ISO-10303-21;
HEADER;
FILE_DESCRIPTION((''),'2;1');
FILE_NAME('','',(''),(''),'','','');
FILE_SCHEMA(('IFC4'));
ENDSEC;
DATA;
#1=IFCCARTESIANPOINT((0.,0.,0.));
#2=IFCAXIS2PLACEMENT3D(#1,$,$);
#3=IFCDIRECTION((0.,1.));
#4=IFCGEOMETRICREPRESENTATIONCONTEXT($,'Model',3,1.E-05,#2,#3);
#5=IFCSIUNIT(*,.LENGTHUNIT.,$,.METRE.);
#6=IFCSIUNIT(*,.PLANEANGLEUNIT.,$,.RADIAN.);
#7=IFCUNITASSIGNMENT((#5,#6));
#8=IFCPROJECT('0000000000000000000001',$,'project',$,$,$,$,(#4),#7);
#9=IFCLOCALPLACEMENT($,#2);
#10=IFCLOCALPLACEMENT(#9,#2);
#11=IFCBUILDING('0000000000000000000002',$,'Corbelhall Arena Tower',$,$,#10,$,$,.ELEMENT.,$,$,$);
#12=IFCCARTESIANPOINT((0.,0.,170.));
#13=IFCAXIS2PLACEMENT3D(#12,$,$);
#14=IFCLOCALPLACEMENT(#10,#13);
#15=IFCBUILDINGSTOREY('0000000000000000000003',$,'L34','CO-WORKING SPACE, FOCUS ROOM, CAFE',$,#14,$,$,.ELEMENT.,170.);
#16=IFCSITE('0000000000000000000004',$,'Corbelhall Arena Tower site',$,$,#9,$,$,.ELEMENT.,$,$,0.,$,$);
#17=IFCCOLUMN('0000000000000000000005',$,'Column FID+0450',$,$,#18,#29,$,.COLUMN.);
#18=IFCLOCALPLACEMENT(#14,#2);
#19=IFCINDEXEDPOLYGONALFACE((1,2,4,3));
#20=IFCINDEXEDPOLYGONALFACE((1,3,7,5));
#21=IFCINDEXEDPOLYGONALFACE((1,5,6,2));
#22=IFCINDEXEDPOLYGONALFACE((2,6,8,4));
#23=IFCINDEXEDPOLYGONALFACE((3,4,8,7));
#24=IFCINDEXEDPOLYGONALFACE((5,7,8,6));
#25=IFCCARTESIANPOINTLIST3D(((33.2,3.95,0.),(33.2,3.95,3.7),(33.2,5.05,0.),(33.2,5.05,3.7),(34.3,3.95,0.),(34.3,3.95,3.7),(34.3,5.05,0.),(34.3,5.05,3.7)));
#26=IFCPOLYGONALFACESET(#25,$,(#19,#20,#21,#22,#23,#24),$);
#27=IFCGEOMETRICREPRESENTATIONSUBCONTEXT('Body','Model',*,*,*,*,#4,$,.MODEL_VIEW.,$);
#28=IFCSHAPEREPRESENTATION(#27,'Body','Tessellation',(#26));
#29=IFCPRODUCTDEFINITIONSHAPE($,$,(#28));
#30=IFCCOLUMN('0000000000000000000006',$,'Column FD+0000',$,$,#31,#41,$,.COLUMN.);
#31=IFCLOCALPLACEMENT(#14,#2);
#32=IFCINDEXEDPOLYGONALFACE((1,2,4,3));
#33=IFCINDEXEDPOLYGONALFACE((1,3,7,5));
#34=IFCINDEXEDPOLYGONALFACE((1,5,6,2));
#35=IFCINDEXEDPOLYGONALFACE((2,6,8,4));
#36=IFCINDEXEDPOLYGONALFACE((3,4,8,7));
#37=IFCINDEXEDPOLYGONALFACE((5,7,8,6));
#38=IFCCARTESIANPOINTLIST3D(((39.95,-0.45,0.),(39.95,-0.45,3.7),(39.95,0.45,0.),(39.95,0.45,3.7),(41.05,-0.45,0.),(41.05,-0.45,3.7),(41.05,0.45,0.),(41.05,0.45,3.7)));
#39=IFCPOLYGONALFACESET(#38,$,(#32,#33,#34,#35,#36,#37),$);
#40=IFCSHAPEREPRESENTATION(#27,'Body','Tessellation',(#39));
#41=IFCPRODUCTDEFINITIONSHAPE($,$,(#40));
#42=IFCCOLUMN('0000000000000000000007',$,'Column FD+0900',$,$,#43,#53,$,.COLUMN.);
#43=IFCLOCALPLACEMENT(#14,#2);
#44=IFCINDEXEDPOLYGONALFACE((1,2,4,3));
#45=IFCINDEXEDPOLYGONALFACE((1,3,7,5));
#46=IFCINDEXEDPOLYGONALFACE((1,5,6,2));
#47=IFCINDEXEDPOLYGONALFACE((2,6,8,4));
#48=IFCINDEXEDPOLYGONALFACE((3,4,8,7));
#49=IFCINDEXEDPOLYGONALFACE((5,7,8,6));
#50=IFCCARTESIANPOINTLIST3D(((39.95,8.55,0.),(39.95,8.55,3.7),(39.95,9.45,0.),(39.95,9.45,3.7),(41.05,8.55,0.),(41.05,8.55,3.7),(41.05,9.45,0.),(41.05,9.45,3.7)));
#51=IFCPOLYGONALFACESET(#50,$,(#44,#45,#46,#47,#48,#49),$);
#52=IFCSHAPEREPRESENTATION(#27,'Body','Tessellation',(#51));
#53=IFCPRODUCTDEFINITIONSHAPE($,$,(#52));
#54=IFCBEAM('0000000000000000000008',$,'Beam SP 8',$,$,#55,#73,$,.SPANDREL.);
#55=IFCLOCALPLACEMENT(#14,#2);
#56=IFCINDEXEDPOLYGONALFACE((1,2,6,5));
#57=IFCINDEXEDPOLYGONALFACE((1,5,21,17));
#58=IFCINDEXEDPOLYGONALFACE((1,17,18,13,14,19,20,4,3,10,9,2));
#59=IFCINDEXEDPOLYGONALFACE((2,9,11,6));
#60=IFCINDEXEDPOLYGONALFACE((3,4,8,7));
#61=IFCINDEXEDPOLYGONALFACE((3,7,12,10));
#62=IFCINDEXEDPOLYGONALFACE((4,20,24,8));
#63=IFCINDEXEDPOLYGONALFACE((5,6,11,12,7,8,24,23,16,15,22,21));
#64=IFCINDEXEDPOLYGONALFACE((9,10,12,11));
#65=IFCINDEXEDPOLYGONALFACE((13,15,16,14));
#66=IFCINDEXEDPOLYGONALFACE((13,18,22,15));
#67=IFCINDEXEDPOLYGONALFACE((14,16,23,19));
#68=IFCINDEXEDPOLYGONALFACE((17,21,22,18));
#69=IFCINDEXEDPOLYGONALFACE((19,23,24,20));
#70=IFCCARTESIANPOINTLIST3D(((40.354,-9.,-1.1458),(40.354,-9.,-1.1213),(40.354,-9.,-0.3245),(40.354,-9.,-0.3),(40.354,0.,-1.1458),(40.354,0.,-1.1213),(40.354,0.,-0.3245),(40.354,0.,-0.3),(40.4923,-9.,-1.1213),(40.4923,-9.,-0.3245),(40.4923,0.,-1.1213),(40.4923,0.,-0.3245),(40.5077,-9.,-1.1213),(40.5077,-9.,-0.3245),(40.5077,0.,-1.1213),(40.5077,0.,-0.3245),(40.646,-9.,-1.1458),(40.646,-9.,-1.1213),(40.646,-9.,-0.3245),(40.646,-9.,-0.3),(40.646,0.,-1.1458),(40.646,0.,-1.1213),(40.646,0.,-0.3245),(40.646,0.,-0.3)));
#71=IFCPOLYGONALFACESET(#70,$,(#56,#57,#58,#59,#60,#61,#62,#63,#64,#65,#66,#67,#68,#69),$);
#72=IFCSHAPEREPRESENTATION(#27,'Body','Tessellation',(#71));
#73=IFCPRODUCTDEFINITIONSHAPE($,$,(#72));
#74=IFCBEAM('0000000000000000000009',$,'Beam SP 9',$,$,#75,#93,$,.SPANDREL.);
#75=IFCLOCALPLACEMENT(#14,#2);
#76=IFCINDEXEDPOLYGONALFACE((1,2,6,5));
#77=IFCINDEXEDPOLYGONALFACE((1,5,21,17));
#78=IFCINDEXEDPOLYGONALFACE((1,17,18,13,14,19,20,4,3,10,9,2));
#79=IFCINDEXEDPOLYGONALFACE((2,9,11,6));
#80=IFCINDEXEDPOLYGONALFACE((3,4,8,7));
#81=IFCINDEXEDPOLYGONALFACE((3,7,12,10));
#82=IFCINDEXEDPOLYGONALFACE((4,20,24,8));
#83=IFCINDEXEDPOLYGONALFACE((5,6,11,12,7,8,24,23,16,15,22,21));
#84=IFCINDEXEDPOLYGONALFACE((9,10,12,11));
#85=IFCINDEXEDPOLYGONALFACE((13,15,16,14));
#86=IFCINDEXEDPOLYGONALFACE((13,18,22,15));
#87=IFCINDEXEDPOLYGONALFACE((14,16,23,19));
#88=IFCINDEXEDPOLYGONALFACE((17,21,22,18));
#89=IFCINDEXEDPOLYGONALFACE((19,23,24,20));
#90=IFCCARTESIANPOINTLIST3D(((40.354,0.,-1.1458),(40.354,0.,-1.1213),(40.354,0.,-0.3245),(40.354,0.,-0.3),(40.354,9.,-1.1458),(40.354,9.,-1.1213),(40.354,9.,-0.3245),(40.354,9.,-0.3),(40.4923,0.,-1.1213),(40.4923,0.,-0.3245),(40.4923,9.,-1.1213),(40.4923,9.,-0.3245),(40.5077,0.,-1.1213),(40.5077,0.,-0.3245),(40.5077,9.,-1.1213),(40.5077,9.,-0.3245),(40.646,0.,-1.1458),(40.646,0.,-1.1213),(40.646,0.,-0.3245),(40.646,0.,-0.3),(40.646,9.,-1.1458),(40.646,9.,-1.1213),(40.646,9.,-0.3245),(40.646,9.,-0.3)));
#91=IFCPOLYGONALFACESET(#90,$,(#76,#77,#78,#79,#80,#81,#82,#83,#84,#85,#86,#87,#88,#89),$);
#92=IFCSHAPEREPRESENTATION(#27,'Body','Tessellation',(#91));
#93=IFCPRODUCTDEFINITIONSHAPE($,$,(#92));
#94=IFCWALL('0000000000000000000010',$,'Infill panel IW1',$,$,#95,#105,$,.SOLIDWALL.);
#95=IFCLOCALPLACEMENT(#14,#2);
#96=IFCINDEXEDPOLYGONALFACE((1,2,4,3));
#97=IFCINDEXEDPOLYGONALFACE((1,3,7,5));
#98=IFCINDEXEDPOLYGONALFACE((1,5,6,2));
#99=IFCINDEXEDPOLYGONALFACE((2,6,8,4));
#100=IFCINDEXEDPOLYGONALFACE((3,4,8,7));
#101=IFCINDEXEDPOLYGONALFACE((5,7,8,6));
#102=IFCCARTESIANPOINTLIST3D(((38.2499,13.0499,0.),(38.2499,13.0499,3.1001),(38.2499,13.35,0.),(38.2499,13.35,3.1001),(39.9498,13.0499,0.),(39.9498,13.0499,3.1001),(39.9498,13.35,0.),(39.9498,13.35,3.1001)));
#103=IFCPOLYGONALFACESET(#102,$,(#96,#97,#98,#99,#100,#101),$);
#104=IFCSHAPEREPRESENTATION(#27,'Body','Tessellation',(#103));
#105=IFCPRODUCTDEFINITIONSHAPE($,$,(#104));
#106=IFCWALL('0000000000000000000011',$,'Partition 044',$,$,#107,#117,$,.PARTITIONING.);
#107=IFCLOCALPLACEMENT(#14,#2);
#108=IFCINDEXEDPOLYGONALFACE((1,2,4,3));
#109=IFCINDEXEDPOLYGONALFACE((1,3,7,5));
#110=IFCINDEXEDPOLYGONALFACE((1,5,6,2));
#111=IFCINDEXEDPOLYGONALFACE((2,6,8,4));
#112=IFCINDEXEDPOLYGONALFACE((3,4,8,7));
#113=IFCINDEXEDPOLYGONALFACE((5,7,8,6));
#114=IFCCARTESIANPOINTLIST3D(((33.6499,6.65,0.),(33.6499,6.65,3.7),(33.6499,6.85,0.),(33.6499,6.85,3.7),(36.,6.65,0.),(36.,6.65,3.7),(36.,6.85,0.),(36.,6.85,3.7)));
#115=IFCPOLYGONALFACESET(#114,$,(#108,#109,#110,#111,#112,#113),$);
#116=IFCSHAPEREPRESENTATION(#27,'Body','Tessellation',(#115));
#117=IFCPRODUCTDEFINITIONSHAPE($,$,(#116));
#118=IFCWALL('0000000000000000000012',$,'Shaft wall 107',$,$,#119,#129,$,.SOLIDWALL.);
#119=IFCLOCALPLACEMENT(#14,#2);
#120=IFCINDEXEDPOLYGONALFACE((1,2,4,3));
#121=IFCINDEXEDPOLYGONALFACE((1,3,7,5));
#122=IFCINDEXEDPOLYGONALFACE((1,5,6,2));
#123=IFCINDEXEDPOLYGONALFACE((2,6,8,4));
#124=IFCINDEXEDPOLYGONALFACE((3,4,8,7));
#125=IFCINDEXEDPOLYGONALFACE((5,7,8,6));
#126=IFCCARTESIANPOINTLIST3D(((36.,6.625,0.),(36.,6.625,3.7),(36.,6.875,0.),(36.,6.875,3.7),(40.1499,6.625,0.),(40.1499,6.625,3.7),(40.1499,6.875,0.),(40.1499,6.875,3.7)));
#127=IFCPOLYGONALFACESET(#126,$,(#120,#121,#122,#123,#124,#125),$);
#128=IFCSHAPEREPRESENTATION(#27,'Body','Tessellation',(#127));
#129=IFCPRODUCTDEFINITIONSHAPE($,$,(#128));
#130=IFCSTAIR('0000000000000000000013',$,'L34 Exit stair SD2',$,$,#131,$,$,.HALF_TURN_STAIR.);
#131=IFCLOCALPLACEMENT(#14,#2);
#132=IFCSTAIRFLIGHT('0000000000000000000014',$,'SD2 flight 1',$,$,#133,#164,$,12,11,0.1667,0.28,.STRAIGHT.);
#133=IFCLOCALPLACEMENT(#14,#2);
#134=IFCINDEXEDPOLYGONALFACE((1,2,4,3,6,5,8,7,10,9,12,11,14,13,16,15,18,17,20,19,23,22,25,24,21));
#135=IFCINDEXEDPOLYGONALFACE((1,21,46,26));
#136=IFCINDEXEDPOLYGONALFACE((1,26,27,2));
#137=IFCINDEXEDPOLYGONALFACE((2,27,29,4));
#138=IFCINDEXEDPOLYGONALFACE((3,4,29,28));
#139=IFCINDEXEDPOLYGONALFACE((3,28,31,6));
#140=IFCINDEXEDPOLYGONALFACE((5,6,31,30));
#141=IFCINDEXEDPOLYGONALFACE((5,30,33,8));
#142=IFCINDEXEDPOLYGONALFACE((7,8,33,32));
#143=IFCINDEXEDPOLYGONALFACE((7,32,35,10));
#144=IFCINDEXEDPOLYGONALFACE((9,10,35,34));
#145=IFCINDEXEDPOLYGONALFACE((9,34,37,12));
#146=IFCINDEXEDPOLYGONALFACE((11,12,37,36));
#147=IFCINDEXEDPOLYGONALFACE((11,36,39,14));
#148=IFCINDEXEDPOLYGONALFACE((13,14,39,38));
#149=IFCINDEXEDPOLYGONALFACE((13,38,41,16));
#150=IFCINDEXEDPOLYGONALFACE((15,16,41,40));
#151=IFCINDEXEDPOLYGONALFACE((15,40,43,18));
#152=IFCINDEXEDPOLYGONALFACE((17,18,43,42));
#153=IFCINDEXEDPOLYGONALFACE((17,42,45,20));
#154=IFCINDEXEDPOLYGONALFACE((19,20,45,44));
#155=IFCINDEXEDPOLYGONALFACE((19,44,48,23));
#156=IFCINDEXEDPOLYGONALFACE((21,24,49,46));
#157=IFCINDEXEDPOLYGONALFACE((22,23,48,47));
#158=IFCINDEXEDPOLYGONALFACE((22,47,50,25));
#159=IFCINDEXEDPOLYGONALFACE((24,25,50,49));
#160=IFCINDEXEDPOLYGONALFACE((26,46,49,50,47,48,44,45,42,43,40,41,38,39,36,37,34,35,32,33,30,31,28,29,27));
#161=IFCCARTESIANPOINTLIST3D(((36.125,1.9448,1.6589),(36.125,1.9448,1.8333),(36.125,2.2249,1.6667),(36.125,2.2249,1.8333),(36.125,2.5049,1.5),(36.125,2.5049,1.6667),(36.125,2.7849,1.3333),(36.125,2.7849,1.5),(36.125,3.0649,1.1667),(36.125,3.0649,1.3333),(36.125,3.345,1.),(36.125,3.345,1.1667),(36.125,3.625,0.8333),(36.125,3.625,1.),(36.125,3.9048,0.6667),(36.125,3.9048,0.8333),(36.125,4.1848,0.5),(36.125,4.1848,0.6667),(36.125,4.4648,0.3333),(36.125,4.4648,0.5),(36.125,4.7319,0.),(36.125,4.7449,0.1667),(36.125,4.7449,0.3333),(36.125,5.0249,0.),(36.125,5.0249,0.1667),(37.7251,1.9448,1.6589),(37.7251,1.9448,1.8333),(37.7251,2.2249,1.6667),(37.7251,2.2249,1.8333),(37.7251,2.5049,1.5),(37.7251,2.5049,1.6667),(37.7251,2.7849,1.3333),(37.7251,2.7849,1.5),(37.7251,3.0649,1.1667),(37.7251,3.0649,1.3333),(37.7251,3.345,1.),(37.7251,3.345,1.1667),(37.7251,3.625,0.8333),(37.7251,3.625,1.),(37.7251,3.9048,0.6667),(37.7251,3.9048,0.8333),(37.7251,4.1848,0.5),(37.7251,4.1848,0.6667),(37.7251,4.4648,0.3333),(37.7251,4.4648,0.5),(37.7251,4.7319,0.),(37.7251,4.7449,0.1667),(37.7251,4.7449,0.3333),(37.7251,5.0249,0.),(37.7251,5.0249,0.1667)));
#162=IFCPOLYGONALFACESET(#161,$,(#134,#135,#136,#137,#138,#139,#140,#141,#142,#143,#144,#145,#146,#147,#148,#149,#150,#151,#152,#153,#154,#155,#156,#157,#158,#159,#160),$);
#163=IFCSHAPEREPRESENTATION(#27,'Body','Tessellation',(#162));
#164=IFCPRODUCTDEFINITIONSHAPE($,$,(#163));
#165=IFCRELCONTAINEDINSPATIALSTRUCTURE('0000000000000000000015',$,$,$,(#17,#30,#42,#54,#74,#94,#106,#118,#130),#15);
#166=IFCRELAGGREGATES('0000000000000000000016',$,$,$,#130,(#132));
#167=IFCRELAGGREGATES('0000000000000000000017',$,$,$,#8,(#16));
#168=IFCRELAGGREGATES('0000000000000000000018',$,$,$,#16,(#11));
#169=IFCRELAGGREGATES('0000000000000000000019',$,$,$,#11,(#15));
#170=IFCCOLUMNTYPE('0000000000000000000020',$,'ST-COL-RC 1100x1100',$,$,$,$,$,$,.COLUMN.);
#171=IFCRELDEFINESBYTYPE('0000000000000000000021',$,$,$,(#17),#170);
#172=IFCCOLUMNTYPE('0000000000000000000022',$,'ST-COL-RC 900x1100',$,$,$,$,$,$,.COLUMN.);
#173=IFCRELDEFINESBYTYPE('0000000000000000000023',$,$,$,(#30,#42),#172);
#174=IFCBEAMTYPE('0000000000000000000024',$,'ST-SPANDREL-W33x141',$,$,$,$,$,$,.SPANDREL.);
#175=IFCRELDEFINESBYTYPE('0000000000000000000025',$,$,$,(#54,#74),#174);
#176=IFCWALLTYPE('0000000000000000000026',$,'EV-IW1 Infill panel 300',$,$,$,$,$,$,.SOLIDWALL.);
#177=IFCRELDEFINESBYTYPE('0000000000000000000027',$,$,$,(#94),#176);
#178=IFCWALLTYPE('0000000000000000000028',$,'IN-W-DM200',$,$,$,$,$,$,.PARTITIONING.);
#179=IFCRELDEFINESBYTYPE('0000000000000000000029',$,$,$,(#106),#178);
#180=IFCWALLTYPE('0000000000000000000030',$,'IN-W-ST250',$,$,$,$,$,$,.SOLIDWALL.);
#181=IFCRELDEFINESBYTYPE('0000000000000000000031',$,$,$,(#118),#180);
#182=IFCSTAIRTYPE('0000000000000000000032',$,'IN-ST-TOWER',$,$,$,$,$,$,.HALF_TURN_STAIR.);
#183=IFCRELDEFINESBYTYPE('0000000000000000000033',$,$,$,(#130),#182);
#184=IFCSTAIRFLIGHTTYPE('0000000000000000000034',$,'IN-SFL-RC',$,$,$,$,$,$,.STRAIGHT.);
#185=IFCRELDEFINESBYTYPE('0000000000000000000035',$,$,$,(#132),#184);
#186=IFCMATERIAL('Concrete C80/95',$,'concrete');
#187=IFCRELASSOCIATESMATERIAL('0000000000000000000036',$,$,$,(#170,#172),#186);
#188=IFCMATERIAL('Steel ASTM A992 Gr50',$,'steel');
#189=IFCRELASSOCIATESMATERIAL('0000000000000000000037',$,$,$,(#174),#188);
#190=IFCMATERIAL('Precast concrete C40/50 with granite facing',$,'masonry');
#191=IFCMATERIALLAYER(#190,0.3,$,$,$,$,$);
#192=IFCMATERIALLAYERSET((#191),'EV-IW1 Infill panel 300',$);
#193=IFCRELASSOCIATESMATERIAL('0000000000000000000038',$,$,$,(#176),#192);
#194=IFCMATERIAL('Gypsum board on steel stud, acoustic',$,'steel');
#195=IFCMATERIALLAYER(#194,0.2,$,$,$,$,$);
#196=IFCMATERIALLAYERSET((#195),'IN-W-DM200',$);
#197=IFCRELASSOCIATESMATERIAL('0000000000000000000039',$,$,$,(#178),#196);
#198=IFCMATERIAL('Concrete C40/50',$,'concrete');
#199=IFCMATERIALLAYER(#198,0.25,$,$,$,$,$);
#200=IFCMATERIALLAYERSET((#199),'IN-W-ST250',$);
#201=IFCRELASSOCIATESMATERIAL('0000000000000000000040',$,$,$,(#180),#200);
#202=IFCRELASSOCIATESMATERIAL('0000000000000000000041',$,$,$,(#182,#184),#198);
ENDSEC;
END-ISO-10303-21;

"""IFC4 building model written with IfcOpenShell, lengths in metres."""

from ifc_helpers import new_model, si_unit, direction, frame, frame_2d, origin, origin_2d, place, context, subcontext, project, spatial, polyline, rectangle, i_section, outline, extrude, material, layer, layer_set, material_profile, profile_set, type_object, element, aggregate, save


model = new_model("IFC4")

# Units and contexts
model_context = context("Model", 3, precision=1e-05, world=origin(), true_north=direction((0.0, 1.0)))
body_context = subcontext(model_context, "Body", "Model", "MODEL_VIEW")
ifc_project = project(units=[si_unit("LENGTHUNIT", "METRE"), si_unit("PLANEANGLEUNIT", "RADIAN")], contexts=[model_context])

# Site, building, storey
site_placement = place(None, origin())
site = spatial("IfcSite", under=ifc_project, at=site_placement, Name="Corbelhall Arena Tower site", CompositionType="ELEMENT", RefElevation=0.0)
building_placement = place(site_placement, origin())
building = spatial("IfcBuilding", under=site, at=building_placement, Name="Corbelhall Arena Tower", CompositionType="ELEMENT")
storey_placement = place(building_placement, frame((0.0, 0.0, 170.0)))
storey = spatial("IfcBuildingStorey", under=building, at=storey_placement, Name="L34", Description="CO-WORKING SPACE, FOCUS ROOM, CAFE", CompositionType="ELEMENT", Elevation=170.0)

# Columns
ifc_material_1 = material(Name="Concrete C80/95", Category="concrete")
ifc_material_profile_1 = material_profile(ifc_material_1, rectangle(XDim=1.1001, YDim=1.1001, at=origin_2d()))
ifc_profile_set_1 = profile_set([ifc_material_profile_1], Name="Concrete C80/95")
column_type_1 = type_object("IfcColumnType", Name="ST-COL-RC 1100x1100", PredefinedType="COLUMN", material=ifc_profile_set_1)
column_placement = place(storey_placement, frame((33.75, 4.5, 0.0), z_axis=(0.0, 0.0, 1.0), x_axis=(1.0, 0.0, 0.0)))
element("IfcColumn", 1, at=column_placement, inside=storey, type_object=column_type_1, Name="Column FID+0450", PredefinedType="COLUMN", context=body_context, shape_type="SweptSolid", body=[
    extrude(rectangle(XDim=1.1001, YDim=1.1001, at=origin_2d()), origin(), (0.0, 0.0, 1.0), 3.7),
])
ifc_material_profile_2 = material_profile(ifc_material_1, rectangle(XDim=0.8999, YDim=1.1001, at=origin_2d()))
ifc_profile_set_2 = profile_set([ifc_material_profile_2], Name="Concrete C80/95")
column_type_2 = type_object("IfcColumnType", Name="ST-COL-RC 900x1100", PredefinedType="COLUMN", material=ifc_profile_set_2)
for number, where, z_axis, x_axis, name in (
    (2, (40.5, 0.0, 0.0), (0.0, 0.0, 1.0), (0.0, 1.0, 0.0), "Column FD+0000"),
    (3, (40.5, 9.0, 0.0), (0.0, 0.0, 1.0), (0.0, 1.0, 0.0), "Column FD+0900"),
):
    element("IfcColumn", number, at=place(storey_placement, frame(where, z_axis=z_axis, x_axis=x_axis)), inside=storey, type_object=column_type_2, Name=name, PredefinedType="COLUMN", context=body_context, shape_type="SweptSolid", body=[
        extrude(rectangle(XDim=0.8999, YDim=1.1001, at=origin_2d()), origin(), (0.0, 0.0, 1.0), 3.7),
    ])

# Beams
ifc_material_2 = material(Name="Steel ASTM A992 Gr50", Category="steel")
ifc_material_profile_3 = material_profile(ifc_material_2, i_section(OverallWidth=0.292, OverallDepth=0.8457, WebThickness=0.0154, FlangeThickness=0.0244, at=origin_2d()))
ifc_profile_set_3 = profile_set([ifc_material_profile_3], Name="Steel ASTM A992 Gr50")
beam_type = type_object("IfcBeamType", Name="ST-SPANDREL-W33x141", PredefinedType="SPANDREL", material=ifc_profile_set_3)
for number, where, z_axis, x_axis, name in (
    (4, (40.5, 0.0, -0.7229), (0.0, -1.0, 0.0), (1.0, 0.0, 0.0), "Beam SP 8"),
    (5, (40.5, 9.0, -0.7229), (0.0, -1.0, 0.0), (1.0, 0.0, 0.0), "Beam SP 9"),
):
    element("IfcBeam", number, at=place(storey_placement, frame(where, z_axis=z_axis, x_axis=x_axis)), inside=storey, type_object=beam_type, Name=name, PredefinedType="SPANDREL", context=body_context, shape_type="SweptSolid", body=[
        extrude(i_section(OverallWidth=0.292, OverallDepth=0.8457, WebThickness=0.0154, FlangeThickness=0.0244, at=origin_2d()), origin(), (0.0, 0.0, 1.0), 9.0),
    ])

# Wall
ifc_material_3 = material(Name="Precast concrete C40/50 with granite facing", Category="masonry")
ifc_layer_1 = layer(ifc_material_3, 0.3)
ifc_layer_set_1 = layer_set([ifc_layer_1], Name="EV-IW1 Infill panel 300")
wall_type_1 = type_object("IfcWallType", Name="EV-IW1 Infill panel 300", PredefinedType="SOLIDWALL", material=ifc_layer_set_1)
wall_1_placement = place(storey_placement, frame((39.95, 13.2, 0.0), z_axis=(0.0, 0.0, 1.0), x_axis=(-1.0, 0.0, 0.0)))
element("IfcWall", 6, at=wall_1_placement, inside=storey, type_object=wall_type_1, Name="Infill panel IW1", PredefinedType="SOLIDWALL", context=body_context, shape_type="SweptSolid", body=[
    extrude(rectangle(XDim=1.7, YDim=0.3, at=frame_2d((0.8501, 0.0))), origin(), (0.0, 0.0, 1.0), 3.1001),
])

# Walls
ifc_material_4 = material(Name="Gypsum board on steel stud, acoustic", Category="steel")
ifc_layer_2 = layer(ifc_material_4, 0.2)
ifc_layer_set_2 = layer_set([ifc_layer_2], Name="IN-W-DM200")
wall_type_2 = type_object("IfcWallType", Name="IN-W-DM200", PredefinedType="PARTITIONING", material=ifc_layer_set_2)
wall_2_placement = place(storey_placement, frame((33.6499, 6.75, 0.0), z_axis=(0.0, 0.0, 1.0), x_axis=(1.0, 0.0, 0.0)))
element("IfcWall", 7, at=wall_2_placement, inside=storey, type_object=wall_type_2, Name="Partition 044", PredefinedType="PARTITIONING", context=body_context, shape_type="SweptSolid", body=[
    extrude(rectangle(XDim=2.3501, YDim=0.2, at=frame_2d((1.175, 0.0))), origin(), (0.0, 0.0, 1.0), 3.7),
])
ifc_material_5 = material(Name="Concrete C40/50", Category="concrete")
ifc_layer_3 = layer(ifc_material_5, 0.25)
ifc_layer_set_3 = layer_set([ifc_layer_3], Name="IN-W-ST250")
wall_type_3 = type_object("IfcWallType", Name="IN-W-ST250", PredefinedType="SOLIDWALL", material=ifc_layer_set_3)
wall_3_placement = place(storey_placement, frame((36.0, 6.75, 0.0), z_axis=(0.0, 0.0, 1.0), x_axis=(1.0, 0.0, 0.0)))
element("IfcWall", 8, at=wall_3_placement, inside=storey, type_object=wall_type_3, Name="Shaft wall 107", PredefinedType="SOLIDWALL", context=body_context, shape_type="SweptSolid", body=[
    extrude(rectangle(XDim=4.1499, YDim=0.25, at=frame_2d((2.075, 0.0))), origin(), (0.0, 0.0, 1.0), 3.7),
])

# Stair, stair flight
stair_type = type_object("IfcStairType", Name="IN-ST-TOWER", PredefinedType="HALF_TURN_STAIR", material=ifc_material_5)
stair_placement = place(storey_placement, origin())
stair = element("IfcStair", 9, at=stair_placement, inside=storey, type_object=stair_type, Name="L34 Exit stair SD2", PredefinedType="HALF_TURN_STAIR")
stair_flight_type = type_object("IfcStairFlightType", Name="IN-SFL-RC", PredefinedType="STRAIGHT", material=ifc_material_5)
stair_flight_1_placement = place(storey_placement, frame((36.925, 5.0249, 0.0), z_axis=(0.0, 0.0, 1.0), x_axis=(0.0, -1.0, 0.0)))
stair_flight_1 = element("IfcStairFlight", 10, at=stair_flight_1_placement, type_object=stair_flight_type, Name="SD2 flight 1", NumberOfRisers=12, NumberOfTreads=11, PredefinedType="STRAIGHT", RiserHeight=0.1667, TreadLength=0.28, context=body_context, shape_type="SweptSolid", body=[
    extrude(outline(polyline([(0.0, 0.0), (0.0, 0.1667), (0.28, 0.1667), (0.28, 0.3333), (0.5601, 0.3333), (0.5601, 0.5), (0.8401, 0.5), (0.8401, 0.6667), (1.1201, 0.6667), (1.1201, 0.8333), (1.3999, 0.8333), (1.3999, 1.0), (1.6799, 1.0), (1.6799, 1.1667), (1.96, 1.1667), (1.96, 1.3333), (2.24, 1.3333), (2.24, 1.5), (2.52, 1.5), (2.52, 1.6667), (2.8, 1.6667), (2.8, 1.8333), (3.0801, 1.8333), (3.0801, 2.0), (3.0801, 1.6589), (0.293, 0.0), (0.0, 0.0)])), frame((0.0, 0.8, 0.0), z_axis=(0.0, -1.0, 0.0), x_axis=(1.0, 0.0, 0.0)), (0.0, 0.0, 1.0), 1.6001),
])
aggregate(stair, [stair_flight_1])

save(model, "model.ifc")
